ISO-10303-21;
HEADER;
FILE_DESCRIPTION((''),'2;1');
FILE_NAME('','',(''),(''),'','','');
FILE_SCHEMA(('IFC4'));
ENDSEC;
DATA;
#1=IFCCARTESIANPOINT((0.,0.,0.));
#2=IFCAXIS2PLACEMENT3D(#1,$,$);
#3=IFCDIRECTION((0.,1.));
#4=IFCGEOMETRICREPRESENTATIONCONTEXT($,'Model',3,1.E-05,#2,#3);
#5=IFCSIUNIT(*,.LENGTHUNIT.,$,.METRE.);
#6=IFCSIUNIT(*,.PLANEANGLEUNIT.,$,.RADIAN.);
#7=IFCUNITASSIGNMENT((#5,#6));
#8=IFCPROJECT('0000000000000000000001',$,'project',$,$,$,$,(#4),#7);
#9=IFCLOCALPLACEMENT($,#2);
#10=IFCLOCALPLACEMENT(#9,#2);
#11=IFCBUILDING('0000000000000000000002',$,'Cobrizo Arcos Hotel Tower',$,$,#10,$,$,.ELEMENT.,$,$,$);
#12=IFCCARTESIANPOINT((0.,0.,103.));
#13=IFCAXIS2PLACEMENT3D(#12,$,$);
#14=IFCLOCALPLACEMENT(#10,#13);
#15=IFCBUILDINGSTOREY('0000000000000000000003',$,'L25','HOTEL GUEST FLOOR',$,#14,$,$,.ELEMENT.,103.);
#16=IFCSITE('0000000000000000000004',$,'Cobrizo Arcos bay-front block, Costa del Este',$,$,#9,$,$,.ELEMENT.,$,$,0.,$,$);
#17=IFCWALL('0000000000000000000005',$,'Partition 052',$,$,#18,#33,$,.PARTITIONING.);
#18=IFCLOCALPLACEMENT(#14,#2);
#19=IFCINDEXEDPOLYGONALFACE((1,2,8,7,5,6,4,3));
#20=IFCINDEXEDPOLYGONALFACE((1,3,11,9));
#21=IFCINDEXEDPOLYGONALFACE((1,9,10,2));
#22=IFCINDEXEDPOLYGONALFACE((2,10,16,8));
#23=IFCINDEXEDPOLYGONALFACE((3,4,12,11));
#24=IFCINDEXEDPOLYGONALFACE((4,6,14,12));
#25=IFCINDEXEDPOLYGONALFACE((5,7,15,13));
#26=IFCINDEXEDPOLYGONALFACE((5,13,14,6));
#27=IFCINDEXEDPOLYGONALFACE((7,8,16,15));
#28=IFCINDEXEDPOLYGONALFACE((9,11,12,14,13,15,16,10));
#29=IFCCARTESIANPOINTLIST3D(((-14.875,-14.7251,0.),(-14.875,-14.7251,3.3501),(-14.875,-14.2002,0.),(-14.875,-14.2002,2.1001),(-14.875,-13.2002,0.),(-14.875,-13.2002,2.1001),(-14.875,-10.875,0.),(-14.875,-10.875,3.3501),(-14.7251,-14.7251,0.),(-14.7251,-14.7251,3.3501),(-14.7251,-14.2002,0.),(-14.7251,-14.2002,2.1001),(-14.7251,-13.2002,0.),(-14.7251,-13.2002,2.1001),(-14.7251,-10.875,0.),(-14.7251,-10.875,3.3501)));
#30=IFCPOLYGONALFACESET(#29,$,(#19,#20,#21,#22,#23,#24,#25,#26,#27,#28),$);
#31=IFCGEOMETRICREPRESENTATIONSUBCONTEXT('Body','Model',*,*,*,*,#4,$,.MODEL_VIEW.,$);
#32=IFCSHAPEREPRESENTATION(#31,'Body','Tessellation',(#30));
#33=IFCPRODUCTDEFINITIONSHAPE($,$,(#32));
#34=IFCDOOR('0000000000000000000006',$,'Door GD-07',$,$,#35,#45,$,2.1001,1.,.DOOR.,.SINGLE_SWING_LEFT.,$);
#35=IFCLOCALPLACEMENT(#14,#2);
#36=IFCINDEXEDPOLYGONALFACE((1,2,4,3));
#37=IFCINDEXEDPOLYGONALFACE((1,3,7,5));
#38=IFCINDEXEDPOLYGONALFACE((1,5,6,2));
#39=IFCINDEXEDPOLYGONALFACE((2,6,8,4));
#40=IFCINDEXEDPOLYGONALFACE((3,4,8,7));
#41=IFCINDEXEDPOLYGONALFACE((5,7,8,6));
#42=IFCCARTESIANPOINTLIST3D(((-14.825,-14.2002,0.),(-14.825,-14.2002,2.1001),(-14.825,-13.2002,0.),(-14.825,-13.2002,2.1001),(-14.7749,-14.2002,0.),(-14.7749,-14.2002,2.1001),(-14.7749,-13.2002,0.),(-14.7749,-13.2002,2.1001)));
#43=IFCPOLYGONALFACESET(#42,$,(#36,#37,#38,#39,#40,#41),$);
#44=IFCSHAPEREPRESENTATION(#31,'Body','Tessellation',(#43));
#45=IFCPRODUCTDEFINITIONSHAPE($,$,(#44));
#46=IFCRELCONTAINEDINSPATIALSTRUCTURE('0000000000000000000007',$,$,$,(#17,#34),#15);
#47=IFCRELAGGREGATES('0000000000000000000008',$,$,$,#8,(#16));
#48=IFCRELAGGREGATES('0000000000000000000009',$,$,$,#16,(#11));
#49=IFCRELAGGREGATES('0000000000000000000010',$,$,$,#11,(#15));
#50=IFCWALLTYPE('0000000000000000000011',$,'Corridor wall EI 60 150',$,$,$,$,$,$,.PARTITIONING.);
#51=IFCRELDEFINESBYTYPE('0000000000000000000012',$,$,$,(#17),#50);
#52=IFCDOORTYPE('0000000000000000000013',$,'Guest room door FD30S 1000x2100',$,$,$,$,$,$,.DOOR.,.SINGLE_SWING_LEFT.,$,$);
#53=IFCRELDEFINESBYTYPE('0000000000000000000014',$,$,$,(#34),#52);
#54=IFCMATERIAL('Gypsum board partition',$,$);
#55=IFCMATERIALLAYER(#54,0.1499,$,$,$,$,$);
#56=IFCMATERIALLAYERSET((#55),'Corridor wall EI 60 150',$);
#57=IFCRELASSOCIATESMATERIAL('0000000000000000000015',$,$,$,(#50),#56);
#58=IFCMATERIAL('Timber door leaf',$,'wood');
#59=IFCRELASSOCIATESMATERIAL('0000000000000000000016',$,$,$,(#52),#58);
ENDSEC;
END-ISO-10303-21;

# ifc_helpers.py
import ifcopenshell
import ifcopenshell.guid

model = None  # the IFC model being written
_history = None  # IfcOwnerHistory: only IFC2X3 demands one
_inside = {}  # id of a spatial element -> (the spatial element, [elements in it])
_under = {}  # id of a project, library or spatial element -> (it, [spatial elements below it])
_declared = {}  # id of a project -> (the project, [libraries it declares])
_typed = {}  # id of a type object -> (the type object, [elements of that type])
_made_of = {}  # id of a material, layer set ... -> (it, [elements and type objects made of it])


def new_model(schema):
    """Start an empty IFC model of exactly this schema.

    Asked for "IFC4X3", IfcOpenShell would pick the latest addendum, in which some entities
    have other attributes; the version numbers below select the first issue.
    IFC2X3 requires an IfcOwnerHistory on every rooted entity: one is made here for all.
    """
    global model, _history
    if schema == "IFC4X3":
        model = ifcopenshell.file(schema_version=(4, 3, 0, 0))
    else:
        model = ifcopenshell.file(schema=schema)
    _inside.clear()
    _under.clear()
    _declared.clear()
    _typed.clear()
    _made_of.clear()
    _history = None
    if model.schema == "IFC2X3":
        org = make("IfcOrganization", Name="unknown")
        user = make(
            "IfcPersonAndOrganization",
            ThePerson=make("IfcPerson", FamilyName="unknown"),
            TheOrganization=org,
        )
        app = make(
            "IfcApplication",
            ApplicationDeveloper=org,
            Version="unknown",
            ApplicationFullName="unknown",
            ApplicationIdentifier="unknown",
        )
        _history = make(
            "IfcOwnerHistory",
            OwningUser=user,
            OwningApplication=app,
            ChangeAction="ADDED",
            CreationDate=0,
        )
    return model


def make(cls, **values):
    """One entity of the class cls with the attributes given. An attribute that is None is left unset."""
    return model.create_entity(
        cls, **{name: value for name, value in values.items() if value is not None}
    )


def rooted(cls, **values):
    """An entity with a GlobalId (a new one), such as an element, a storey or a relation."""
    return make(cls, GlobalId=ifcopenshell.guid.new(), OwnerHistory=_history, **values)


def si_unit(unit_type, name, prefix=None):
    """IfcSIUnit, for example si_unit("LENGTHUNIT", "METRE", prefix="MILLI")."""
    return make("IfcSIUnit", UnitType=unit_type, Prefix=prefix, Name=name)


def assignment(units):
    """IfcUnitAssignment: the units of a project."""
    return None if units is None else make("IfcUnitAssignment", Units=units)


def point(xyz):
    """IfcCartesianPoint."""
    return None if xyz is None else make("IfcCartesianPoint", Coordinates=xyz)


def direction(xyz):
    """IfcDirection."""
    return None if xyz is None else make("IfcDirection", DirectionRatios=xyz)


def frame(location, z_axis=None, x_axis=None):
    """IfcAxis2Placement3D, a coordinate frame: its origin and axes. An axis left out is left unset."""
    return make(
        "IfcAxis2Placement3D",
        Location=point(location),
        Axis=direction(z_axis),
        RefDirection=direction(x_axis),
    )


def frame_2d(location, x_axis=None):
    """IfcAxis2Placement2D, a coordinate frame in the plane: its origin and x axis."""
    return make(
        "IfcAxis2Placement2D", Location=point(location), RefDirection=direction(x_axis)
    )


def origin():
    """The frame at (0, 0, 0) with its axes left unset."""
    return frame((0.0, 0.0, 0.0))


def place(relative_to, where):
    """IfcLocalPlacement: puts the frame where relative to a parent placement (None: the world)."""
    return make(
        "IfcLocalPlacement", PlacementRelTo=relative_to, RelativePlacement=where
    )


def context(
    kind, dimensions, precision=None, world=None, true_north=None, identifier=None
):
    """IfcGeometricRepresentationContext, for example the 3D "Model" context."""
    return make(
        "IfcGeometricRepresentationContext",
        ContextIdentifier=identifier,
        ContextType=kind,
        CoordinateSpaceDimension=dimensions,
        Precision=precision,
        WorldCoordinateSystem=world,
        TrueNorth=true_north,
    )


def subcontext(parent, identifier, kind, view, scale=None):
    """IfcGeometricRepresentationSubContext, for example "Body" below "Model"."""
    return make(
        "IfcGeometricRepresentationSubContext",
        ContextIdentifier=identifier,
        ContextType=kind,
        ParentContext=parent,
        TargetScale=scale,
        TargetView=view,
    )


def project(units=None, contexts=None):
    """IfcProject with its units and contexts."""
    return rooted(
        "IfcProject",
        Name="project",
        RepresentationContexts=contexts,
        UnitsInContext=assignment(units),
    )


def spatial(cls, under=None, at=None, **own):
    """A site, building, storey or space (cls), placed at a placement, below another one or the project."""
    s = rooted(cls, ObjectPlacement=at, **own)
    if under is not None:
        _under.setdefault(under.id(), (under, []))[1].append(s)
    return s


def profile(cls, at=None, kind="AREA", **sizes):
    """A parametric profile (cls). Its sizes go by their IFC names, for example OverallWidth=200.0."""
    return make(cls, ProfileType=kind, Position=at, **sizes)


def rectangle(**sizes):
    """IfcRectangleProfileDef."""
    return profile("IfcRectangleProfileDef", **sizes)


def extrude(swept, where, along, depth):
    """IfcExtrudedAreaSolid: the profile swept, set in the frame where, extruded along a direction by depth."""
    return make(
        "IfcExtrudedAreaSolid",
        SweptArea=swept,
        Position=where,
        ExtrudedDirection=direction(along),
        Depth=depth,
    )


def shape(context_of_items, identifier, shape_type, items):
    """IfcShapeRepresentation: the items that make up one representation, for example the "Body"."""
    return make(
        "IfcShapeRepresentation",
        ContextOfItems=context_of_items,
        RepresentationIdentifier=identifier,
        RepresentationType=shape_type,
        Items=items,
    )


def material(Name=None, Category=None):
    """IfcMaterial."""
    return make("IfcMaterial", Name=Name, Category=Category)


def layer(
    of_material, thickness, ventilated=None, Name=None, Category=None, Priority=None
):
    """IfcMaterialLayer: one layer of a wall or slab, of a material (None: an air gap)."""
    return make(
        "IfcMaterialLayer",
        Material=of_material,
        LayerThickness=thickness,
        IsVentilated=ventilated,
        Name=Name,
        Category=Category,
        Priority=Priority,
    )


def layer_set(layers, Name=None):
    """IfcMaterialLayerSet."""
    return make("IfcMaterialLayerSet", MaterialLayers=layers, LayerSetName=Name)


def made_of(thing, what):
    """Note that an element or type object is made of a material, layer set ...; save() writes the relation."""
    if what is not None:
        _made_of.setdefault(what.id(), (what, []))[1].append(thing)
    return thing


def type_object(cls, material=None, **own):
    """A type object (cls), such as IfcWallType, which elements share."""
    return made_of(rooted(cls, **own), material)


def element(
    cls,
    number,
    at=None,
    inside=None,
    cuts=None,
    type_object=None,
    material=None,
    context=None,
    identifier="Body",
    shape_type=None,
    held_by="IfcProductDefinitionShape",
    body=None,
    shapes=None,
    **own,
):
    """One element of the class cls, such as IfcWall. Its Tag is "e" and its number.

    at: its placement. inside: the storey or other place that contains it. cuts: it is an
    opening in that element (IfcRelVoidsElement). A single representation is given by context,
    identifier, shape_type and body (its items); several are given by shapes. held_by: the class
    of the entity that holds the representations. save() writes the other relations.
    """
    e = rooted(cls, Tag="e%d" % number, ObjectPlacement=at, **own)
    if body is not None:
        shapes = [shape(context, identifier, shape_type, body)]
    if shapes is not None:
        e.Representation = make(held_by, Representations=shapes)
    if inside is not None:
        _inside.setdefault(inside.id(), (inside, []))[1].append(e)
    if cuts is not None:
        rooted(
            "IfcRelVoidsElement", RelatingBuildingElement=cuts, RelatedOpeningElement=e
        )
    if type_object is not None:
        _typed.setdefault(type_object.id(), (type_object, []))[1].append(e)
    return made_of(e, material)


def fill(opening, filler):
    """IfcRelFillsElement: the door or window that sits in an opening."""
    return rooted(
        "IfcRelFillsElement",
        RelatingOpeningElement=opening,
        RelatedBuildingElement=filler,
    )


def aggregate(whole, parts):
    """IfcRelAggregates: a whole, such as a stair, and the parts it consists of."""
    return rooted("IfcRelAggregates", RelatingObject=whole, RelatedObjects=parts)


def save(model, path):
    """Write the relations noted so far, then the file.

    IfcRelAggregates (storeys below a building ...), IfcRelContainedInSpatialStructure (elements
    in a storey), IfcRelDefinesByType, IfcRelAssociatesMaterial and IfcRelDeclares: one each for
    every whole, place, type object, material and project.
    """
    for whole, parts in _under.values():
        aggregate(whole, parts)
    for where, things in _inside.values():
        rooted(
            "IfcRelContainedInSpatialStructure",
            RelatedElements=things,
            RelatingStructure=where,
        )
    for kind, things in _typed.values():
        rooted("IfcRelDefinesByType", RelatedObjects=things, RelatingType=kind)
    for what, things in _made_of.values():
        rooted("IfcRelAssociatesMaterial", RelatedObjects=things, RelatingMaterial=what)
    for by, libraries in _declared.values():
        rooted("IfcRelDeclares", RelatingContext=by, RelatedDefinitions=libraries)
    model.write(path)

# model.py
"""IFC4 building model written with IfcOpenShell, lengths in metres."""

from ifc_helpers import new_model, si_unit, direction, frame, frame_2d, origin, place, context, subcontext, project, spatial, rectangle, extrude, material, layer, layer_set, type_object, element, fill, save


model = new_model("IFC4")

# Units and contexts
model_context = context("Model", 3, precision=1e-05, world=origin(), true_north=direction((0.0, 1.0)))
body_context = subcontext(model_context, "Body", "Model", "MODEL_VIEW")
ifc_project = project(units=[si_unit("LENGTHUNIT", "METRE"), si_unit("PLANEANGLEUNIT", "RADIAN")], contexts=[model_context])

# Site, building, storey
site_placement = place(None, origin())
site = spatial("IfcSite", under=ifc_project, at=site_placement, Name="Cobrizo Arcos bay-front block, Costa del Este", CompositionType="ELEMENT", RefElevation=0.0)
building_placement = place(site_placement, origin())
building = spatial("IfcBuilding", under=site, at=building_placement, Name="Cobrizo Arcos Hotel Tower", CompositionType="ELEMENT")
storey_placement = place(building_placement, frame((0.0, 0.0, 103.0)))
storey = spatial("IfcBuildingStorey", under=building, at=storey_placement, Name="L25", Description="HOTEL GUEST FLOOR", CompositionType="ELEMENT", Elevation=103.0)

# Shared definitions
ifc_material_1 = material(Name="Gypsum board partition")
ifc_layer_1 = layer(ifc_material_1, 0.1499)
ifc_layer_set_1 = layer_set([ifc_layer_1], Name="Corridor wall EI 60 150")
wall_type_1 = type_object("IfcWallType", Name="Corridor wall EI 60 150", PredefinedType="PARTITIONING", material=ifc_layer_set_1)
ifc_material_2 = material(Name="Timber door leaf", Category="wood")
door_type_1 = type_object("IfcDoorType", Name="Guest room door FD30S 1000x2100", OperationType="SINGLE_SWING_LEFT", PredefinedType="DOOR", material=ifc_material_2)

# Wall, opening, door
wall_1_placement = place(storey_placement, frame((-14.8, -14.7251, 0.0), z_axis=(0.0, 0.0, 1.0), x_axis=(0.0, 1.0, 0.0)))
wall_1 = element("IfcWall", 1, at=wall_1_placement, inside=storey, type_object=wall_type_1, Name="Partition 052", PredefinedType="PARTITIONING", context=body_context, shape_type="SweptSolid", body=[
    extrude(rectangle(XDim=3.8501, YDim=0.1499, at=frame_2d((1.925, 0.0))), origin(), (0.0, 0.0, 1.0), 3.3501),
])
opening_1_placement = place(wall_1_placement, frame((0.5249, 0.0, 0.0)))
opening_1 = element("IfcOpeningElement", 2, at=opening_1_placement, cuts=wall_1, PredefinedType="OPENING", context=body_context, shape_type="SweptSolid", body=[
    extrude(rectangle(XDim=1.0, YDim=2.1001, at=frame_2d((0.5, 1.05))), frame((0.0, 0.0869, 0.0), z_axis=(0.0, -1.0, 0.0), x_axis=(1.0, 0.0, 0.0)), (0.0, 0.0, 1.0), 0.1738),
])
door_1_placement = place(opening_1_placement, origin())
door_1 = element("IfcDoor", 3, at=door_1_placement, inside=storey, type_object=door_type_1, Name="Door GD-07", OperationType="SINGLE_SWING_LEFT", OverallHeight=2.1001, OverallWidth=1.0, PredefinedType="DOOR", context=body_context, shape_type="SweptSolid", body=[
    extrude(rectangle(XDim=1.0, YDim=2.1001, at=frame_2d((0.5, 1.05))), frame((0.0, 0.0249, 0.0), z_axis=(0.0, -1.0, 0.0), x_axis=(1.0, 0.0, 0.0)), (0.0, 0.0, 1.0), 0.05),
])
fill(opening_1, door_1)

save(model, "model.ifc")
